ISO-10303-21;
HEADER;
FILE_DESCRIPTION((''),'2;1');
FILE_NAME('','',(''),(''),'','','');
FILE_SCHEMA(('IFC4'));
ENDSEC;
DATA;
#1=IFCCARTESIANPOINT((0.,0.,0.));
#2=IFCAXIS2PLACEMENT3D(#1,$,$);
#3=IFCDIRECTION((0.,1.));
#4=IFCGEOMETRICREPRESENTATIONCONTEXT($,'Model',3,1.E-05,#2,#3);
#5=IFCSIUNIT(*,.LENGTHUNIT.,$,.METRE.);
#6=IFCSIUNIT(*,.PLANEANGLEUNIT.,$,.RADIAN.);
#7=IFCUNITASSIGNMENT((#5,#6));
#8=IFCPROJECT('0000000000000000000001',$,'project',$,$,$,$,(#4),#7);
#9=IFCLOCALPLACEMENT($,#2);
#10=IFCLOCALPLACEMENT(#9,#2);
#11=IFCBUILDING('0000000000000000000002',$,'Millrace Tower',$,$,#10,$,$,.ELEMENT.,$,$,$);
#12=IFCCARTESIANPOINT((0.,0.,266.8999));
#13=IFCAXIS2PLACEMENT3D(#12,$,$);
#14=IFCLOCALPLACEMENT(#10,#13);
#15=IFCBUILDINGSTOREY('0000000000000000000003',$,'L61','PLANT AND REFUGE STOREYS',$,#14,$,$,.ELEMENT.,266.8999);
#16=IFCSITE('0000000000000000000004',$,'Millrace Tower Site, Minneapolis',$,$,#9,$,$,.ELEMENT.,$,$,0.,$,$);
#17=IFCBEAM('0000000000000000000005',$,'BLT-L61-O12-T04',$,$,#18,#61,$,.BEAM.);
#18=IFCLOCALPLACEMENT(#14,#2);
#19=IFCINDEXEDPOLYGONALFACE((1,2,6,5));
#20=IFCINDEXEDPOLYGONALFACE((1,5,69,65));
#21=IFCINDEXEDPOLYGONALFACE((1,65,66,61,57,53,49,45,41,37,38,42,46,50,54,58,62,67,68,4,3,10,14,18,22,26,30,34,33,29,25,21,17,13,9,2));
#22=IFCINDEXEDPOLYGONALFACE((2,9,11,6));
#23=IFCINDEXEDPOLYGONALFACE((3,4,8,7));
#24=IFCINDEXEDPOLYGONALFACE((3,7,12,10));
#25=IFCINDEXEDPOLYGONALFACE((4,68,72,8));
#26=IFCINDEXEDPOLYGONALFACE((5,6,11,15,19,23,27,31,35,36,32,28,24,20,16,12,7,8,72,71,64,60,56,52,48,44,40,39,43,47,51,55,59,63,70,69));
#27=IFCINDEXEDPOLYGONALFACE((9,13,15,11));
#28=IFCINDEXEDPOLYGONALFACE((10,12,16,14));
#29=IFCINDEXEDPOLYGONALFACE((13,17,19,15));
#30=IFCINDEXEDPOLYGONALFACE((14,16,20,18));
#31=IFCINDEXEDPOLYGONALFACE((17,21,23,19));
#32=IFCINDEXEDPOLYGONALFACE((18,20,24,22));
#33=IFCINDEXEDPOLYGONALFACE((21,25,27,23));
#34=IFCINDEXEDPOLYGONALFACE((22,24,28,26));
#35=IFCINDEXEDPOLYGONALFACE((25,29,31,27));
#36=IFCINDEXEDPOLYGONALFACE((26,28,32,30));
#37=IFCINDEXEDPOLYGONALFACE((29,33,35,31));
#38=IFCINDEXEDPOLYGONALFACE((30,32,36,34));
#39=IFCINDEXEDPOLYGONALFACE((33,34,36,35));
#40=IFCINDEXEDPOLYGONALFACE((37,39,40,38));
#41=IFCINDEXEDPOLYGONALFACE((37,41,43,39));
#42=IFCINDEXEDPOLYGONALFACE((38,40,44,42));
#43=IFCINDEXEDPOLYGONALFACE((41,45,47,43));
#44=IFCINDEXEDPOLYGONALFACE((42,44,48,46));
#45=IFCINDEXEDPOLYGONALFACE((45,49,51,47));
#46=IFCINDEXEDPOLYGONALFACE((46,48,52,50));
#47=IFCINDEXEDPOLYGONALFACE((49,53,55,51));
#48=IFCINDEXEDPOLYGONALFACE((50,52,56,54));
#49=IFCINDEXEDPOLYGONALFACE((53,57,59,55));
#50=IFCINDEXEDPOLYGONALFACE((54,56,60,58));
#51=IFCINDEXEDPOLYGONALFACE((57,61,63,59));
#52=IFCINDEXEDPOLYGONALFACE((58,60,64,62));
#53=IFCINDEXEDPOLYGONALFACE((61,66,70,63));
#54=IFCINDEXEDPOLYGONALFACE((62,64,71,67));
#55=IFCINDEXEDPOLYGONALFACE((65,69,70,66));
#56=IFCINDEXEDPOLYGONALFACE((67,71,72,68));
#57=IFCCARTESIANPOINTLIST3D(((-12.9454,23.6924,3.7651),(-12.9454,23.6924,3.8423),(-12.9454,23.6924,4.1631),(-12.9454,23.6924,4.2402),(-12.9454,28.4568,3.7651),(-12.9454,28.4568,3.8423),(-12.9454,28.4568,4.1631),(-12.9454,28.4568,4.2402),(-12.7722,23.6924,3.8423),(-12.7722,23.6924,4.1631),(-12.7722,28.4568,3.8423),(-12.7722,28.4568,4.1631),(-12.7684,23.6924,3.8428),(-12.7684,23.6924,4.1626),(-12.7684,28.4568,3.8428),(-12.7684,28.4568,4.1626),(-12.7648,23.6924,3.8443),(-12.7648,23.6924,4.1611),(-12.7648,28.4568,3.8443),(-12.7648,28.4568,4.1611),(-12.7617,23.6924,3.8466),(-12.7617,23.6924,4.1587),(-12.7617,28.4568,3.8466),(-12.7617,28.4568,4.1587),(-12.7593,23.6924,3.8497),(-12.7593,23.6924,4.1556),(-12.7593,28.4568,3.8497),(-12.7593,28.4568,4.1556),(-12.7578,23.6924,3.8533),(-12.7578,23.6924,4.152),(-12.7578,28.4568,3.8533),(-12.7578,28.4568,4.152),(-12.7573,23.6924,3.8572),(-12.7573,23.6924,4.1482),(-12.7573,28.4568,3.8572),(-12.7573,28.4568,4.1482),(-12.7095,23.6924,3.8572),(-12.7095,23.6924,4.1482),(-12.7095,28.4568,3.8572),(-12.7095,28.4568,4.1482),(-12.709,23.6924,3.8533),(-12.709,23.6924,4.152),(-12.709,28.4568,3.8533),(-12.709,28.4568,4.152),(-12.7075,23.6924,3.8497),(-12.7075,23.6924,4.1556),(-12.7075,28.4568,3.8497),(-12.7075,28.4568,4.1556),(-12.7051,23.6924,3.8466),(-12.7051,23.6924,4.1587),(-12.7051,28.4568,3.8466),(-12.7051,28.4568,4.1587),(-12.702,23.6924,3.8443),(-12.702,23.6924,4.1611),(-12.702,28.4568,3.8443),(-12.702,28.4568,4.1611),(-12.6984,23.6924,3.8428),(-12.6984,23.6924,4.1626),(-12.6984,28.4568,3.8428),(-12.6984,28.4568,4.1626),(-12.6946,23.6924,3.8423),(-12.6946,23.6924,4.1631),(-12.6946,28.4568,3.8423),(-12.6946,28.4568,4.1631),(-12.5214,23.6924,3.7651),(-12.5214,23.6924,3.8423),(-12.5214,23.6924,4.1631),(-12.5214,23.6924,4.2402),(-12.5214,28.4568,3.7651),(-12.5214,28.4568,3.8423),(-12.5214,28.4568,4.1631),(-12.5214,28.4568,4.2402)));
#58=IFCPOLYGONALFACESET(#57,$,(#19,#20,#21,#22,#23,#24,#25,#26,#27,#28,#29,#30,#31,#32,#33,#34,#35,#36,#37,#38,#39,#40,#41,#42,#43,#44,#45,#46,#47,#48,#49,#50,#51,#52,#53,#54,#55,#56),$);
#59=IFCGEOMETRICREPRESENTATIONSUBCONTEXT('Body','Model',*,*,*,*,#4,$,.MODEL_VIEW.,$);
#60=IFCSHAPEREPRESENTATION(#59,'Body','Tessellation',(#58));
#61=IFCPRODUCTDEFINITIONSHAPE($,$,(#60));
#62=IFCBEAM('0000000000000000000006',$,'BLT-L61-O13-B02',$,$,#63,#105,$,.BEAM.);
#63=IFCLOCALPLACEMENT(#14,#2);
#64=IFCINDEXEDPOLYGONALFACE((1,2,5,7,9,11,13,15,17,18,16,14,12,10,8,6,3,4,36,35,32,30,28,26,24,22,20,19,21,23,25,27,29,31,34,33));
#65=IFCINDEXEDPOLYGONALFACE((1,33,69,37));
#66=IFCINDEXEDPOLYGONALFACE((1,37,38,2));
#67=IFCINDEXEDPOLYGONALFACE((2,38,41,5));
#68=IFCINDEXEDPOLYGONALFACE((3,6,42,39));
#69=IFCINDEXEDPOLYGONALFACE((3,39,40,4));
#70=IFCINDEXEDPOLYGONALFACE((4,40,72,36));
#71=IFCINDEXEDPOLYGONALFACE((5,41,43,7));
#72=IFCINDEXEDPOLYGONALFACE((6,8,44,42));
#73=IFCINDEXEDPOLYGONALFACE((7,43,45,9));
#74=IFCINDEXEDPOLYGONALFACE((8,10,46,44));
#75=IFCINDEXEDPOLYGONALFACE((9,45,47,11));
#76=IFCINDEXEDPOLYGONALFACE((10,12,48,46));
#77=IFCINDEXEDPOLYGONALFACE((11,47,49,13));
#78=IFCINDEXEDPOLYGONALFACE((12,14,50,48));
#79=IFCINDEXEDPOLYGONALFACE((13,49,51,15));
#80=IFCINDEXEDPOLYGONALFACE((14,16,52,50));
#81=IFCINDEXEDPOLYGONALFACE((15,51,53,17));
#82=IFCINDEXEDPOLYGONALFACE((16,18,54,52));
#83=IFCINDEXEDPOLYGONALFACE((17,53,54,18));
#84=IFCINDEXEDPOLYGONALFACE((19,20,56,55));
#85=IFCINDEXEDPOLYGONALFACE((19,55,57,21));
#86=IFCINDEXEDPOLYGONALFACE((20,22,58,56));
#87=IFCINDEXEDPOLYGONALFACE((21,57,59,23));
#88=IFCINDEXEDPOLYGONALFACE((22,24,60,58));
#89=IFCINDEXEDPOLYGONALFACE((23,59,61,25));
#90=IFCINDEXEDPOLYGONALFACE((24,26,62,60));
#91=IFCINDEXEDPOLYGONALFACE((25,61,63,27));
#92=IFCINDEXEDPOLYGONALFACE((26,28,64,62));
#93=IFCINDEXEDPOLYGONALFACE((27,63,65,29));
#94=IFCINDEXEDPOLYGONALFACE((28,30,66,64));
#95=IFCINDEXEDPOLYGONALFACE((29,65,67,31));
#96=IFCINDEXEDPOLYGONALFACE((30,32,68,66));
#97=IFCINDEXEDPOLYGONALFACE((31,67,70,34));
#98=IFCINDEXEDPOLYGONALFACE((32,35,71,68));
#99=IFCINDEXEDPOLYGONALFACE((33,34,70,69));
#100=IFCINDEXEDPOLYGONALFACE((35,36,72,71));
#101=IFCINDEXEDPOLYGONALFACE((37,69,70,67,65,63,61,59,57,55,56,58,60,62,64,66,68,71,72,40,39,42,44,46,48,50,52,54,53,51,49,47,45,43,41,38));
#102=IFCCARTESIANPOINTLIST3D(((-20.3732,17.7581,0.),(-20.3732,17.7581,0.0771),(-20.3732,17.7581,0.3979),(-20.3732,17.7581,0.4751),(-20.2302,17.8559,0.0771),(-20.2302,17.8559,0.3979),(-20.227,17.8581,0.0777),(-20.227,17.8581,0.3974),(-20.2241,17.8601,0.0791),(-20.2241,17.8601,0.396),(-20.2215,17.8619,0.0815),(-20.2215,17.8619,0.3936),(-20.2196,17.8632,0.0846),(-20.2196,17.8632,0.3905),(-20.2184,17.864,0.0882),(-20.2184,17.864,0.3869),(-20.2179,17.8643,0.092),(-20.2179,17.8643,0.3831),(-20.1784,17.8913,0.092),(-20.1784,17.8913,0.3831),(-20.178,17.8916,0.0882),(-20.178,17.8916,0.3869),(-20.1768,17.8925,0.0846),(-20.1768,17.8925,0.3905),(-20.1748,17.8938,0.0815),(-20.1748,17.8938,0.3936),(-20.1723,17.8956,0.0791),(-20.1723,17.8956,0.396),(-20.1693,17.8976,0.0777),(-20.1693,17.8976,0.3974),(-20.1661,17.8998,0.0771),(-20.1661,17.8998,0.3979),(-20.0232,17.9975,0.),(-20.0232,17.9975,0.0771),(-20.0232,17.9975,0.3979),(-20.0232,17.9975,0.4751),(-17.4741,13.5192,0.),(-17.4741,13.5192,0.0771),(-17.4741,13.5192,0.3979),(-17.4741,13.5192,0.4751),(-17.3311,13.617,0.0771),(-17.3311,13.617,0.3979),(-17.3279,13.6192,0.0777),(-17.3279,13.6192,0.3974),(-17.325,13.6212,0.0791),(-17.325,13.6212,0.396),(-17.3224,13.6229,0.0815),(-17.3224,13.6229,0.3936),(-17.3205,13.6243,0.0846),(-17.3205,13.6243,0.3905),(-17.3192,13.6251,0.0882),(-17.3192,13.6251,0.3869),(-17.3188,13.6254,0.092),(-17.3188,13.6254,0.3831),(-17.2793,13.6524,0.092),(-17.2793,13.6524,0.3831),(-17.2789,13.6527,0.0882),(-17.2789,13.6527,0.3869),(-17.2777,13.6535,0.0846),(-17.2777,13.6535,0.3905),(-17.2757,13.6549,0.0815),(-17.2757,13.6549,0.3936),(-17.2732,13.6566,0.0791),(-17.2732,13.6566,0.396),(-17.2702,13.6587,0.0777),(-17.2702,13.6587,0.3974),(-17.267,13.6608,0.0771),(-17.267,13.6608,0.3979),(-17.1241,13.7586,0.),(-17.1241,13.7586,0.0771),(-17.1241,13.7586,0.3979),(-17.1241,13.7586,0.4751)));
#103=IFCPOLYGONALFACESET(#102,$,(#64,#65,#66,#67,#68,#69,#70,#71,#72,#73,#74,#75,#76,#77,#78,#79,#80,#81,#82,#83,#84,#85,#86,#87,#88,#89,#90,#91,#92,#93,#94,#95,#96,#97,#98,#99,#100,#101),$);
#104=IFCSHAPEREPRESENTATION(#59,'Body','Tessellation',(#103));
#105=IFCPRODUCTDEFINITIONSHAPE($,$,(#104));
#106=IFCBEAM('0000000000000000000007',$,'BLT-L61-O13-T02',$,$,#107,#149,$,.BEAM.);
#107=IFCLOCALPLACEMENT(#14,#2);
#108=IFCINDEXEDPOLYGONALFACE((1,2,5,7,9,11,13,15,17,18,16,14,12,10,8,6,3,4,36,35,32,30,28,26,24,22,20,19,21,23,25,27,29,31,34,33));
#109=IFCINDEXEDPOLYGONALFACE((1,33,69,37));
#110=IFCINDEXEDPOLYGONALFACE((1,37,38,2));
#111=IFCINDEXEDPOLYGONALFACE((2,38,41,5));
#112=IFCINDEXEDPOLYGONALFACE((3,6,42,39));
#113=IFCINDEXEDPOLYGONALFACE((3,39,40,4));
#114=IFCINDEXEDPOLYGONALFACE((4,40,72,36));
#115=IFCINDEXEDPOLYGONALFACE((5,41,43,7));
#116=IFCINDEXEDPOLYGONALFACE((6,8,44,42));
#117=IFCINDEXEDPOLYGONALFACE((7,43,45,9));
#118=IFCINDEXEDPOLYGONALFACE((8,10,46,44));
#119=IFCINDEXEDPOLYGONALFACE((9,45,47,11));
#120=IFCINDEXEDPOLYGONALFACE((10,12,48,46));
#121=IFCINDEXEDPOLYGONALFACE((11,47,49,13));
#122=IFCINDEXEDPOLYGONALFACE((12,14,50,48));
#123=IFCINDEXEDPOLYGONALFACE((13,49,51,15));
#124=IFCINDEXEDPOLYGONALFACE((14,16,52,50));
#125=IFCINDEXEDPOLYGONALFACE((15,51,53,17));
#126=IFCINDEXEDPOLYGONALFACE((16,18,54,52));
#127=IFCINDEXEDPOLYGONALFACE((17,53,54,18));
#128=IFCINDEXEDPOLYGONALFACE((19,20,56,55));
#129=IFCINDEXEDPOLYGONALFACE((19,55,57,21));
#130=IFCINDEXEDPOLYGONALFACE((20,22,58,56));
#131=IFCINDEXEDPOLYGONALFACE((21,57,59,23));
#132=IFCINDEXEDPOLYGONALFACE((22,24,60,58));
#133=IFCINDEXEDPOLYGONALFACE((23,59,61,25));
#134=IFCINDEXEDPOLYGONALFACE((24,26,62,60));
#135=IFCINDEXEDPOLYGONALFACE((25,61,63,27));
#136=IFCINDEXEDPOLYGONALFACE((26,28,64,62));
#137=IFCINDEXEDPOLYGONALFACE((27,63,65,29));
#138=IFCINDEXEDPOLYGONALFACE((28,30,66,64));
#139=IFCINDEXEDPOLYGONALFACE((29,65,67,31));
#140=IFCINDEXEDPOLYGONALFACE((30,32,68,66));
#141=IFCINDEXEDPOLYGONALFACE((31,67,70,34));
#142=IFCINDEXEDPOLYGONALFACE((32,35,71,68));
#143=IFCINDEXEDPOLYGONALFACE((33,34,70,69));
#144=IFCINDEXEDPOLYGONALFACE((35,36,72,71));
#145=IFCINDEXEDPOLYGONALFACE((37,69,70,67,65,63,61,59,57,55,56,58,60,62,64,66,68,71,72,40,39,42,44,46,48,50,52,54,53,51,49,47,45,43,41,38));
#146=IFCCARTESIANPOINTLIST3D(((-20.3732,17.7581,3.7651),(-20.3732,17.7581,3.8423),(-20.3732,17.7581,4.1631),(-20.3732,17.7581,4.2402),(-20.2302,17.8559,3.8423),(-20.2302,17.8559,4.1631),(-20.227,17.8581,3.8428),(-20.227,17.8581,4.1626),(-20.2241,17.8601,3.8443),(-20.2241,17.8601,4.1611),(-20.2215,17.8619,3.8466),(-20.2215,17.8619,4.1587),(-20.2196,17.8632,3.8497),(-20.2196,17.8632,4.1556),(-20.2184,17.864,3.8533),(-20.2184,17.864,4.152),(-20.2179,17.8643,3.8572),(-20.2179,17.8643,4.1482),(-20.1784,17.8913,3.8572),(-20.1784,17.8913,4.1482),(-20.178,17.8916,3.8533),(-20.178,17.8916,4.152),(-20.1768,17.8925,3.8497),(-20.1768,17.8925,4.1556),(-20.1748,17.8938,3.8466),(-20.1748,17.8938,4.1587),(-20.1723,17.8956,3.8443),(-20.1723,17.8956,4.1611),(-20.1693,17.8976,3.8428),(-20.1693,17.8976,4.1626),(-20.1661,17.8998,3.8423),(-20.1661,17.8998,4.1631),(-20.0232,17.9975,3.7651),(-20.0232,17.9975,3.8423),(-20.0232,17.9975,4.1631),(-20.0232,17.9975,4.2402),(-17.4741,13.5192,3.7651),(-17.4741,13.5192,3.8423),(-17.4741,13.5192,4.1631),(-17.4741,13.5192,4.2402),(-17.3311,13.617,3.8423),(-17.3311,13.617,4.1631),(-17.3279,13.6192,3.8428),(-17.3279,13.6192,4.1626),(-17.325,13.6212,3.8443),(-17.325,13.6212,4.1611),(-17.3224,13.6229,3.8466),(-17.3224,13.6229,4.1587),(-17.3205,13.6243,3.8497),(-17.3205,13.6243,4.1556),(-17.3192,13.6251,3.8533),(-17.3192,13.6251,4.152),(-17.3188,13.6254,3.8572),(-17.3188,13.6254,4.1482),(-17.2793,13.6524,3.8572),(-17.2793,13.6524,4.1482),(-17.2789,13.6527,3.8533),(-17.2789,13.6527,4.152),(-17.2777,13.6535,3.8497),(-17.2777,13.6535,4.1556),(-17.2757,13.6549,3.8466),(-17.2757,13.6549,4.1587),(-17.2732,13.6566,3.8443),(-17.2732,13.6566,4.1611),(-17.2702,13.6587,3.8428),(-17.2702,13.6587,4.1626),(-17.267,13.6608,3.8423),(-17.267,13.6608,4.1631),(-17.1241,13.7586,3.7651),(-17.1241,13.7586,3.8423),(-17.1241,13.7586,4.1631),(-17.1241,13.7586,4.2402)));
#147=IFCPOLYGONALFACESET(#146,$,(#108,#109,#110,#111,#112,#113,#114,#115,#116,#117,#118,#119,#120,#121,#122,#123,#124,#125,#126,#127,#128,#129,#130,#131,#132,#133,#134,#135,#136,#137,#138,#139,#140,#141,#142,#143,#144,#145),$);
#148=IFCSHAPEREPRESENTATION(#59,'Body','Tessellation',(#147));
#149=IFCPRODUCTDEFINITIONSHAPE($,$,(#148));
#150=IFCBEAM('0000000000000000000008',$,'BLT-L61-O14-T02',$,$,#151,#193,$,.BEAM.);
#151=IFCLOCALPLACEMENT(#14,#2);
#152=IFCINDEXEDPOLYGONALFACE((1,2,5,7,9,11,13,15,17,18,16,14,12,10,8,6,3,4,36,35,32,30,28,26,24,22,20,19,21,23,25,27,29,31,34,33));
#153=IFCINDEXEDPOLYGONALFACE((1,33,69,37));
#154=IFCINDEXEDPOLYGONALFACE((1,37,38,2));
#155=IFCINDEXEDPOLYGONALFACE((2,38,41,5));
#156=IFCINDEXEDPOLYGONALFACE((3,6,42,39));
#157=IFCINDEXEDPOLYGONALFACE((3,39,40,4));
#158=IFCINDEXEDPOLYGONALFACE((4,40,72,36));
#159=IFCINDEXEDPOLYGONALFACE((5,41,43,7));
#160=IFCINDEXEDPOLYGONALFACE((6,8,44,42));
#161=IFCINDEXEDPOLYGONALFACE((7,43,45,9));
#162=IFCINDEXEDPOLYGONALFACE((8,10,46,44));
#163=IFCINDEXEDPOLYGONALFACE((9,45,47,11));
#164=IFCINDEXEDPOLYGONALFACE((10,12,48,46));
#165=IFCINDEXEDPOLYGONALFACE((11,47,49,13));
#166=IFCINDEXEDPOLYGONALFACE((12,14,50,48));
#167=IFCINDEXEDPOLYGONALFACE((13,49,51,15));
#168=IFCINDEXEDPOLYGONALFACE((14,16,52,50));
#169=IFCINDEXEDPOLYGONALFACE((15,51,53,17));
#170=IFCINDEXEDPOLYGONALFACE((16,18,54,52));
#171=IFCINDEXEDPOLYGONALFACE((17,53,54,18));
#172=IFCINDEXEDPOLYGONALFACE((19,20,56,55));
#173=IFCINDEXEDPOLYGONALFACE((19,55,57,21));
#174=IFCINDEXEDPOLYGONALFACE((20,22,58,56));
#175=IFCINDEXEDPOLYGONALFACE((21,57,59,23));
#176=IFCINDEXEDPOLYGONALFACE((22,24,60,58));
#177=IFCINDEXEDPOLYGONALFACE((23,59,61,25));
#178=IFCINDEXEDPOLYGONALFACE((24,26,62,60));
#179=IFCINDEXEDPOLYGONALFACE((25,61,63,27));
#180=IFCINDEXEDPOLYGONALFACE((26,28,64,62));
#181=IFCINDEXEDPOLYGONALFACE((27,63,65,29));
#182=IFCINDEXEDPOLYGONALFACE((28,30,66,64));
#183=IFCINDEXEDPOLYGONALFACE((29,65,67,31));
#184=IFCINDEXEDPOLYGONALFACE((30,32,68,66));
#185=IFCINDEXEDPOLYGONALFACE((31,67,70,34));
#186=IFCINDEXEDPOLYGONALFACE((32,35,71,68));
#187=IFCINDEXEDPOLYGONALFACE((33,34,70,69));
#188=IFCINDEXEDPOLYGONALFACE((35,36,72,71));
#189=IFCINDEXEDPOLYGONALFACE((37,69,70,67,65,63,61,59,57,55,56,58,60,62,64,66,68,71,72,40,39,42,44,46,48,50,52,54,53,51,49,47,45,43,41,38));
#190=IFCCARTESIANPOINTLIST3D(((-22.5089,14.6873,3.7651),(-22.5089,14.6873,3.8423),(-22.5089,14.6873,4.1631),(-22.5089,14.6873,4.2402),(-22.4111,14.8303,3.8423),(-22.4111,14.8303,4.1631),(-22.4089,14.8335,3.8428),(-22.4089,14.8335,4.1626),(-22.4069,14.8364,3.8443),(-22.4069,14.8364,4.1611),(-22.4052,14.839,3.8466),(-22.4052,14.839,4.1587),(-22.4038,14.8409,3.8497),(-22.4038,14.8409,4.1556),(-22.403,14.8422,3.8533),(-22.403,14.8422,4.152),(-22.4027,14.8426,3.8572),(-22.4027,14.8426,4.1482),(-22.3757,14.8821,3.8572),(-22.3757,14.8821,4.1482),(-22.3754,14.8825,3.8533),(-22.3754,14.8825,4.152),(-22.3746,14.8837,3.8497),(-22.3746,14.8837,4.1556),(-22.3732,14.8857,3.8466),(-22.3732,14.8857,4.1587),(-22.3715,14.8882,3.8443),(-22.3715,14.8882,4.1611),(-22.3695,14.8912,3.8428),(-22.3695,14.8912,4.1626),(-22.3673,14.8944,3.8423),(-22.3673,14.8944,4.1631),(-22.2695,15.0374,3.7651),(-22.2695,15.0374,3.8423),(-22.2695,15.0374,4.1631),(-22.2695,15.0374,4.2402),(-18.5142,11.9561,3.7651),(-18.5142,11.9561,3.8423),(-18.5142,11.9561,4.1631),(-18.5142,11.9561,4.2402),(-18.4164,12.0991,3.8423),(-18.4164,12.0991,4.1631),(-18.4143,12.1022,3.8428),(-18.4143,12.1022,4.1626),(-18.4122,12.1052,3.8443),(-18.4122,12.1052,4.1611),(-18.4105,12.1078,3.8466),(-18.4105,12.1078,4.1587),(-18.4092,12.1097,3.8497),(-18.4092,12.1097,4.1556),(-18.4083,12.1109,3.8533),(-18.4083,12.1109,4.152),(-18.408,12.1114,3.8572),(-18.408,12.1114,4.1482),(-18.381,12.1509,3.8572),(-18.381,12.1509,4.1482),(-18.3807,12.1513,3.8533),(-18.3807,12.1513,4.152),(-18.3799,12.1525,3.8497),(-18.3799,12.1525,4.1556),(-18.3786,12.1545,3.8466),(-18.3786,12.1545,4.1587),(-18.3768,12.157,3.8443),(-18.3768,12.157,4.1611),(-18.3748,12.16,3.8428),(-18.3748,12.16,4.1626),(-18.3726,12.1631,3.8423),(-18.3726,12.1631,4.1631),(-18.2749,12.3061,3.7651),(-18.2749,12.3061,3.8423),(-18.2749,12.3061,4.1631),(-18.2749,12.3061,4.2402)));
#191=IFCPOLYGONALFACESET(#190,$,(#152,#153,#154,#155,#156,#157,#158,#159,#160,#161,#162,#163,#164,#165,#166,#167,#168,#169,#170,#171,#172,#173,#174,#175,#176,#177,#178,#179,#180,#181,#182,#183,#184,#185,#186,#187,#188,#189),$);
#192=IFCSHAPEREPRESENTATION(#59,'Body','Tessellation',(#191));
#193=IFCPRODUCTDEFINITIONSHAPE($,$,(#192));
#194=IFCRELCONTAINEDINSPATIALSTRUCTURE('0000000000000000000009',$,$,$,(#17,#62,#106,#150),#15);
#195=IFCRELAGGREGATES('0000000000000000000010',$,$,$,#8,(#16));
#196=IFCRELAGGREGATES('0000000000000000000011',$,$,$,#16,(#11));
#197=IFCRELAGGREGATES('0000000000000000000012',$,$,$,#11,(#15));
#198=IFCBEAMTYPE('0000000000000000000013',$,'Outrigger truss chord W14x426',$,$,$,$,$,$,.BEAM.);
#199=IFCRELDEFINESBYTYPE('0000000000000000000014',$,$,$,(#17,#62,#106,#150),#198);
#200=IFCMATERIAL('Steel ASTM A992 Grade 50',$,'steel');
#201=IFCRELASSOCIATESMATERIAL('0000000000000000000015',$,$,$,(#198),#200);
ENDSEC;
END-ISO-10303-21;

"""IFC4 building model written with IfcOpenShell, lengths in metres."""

from ifc_helpers import new_model, si_unit, direction, frame, origin, origin_2d, place, context, subcontext, project, spatial, i_section, extrude, material, material_profile, profile_set, type_object, element, save


model = new_model("IFC4")

# Units and contexts
model_context = context("Model", 3, precision=1e-05, world=origin(), true_north=direction((0.0, 1.0)))
body_context = subcontext(model_context, "Body", "Model", "MODEL_VIEW")
ifc_project = project(units=[si_unit("LENGTHUNIT", "METRE"), si_unit("PLANEANGLEUNIT", "RADIAN")], contexts=[model_context])

# Site, building, storey
site_placement = place(None, origin())
site = spatial("IfcSite", under=ifc_project, at=site_placement, Name="Millrace Tower Site, Minneapolis", CompositionType="ELEMENT", RefElevation=0.0)
building_placement = place(site_placement, origin())
building = spatial("IfcBuilding", under=site, at=building_placement, Name="Millrace Tower", CompositionType="ELEMENT")
storey_placement = place(building_placement, frame((0.0, 0.0, 266.8999)))
storey = spatial("IfcBuildingStorey", under=building, at=storey_placement, Name="L61", Description="PLANT AND REFUGE STOREYS", CompositionType="ELEMENT", Elevation=266.8999)

# Beams
ifc_material_1 = material(Name="Steel ASTM A992 Grade 50", Category="steel")
ifc_material_profile_1 = material_profile(ifc_material_1, i_section(OverallWidth=0.4241, OverallDepth=0.4751, WebThickness=0.0479, FlangeThickness=0.0771, FilletRadius=0.0149, at=origin_2d()))
ifc_profile_set_1 = profile_set([ifc_material_profile_1], Name="Steel ASTM A992 Grade 50")
beam_type_1 = type_object("IfcBeamType", Name="Outrigger truss chord W14x426", PredefinedType="BEAM", material=ifc_profile_set_1)
for number, where, z_axis, x_axis, name in (
    (1, (-12.7334, 23.6924, 4.0027), (0.0, 1.0, 0.0), (-1.0, 0.0, 0.0), "BLT-L61-O12-T04"),
):
    element("IfcBeam", number, at=place(storey_placement, frame(where, z_axis=z_axis, x_axis=x_axis)), inside=storey, type_object=beam_type_1, Name=name, PredefinedType="BEAM", context=body_context, shape_type="SweptSolid", body=[
        extrude(i_section(OverallWidth=0.4241, OverallDepth=0.4751, WebThickness=0.0479, FlangeThickness=0.0771, FilletRadius=0.0149, at=origin_2d()), origin(), (0.0, 0.0, 1.0), 4.7644),
    ])
for number, where, z_axis, x_axis, name in (
    (2, (-17.2991, 13.6389, 0.2375), (-0.564524, 0.825417, 0.0), (-0.825417, -0.564524, 0.0), "BLT-L61-O13-B02"),
    (3, (-17.2991, 13.6389, 4.0027), (-0.564524, 0.825417, 0.0), (-0.825417, -0.564524, 0.0), "BLT-L61-O13-T02"),
):
    element("IfcBeam", number, at=place(storey_placement, frame(where, z_axis=z_axis, x_axis=x_axis)), inside=storey, type_object=beam_type_1, Name=name, PredefinedType="BEAM", context=body_context, shape_type="SweptSolid", body=[
        extrude(i_section(OverallWidth=0.4241, OverallDepth=0.4751, WebThickness=0.0479, FlangeThickness=0.0771, FilletRadius=0.0149, at=origin_2d()), origin(), (0.0, 0.0, 1.0), 5.1355),
    ])
beam_1_placement = place(storey_placement, frame((-18.3945, 12.1311, 4.0027), z_axis=(-0.825497, 0.564407, 0.0), x_axis=(-0.564407, -0.825497, 0.0)))
element("IfcBeam", 4, at=beam_1_placement, inside=storey, type_object=beam_type_1, Name="BLT-L61-O14-T02", PredefinedType="BEAM", context=body_context, shape_type="SweptSolid", body=[
    extrude(i_section(OverallWidth=0.4241, OverallDepth=0.4751, WebThickness=0.0479, FlangeThickness=0.0771, FilletRadius=0.0149, at=origin_2d()), origin(), (0.0, 0.0, 1.0), 4.8391),
])

save(model, "model.ifc")
